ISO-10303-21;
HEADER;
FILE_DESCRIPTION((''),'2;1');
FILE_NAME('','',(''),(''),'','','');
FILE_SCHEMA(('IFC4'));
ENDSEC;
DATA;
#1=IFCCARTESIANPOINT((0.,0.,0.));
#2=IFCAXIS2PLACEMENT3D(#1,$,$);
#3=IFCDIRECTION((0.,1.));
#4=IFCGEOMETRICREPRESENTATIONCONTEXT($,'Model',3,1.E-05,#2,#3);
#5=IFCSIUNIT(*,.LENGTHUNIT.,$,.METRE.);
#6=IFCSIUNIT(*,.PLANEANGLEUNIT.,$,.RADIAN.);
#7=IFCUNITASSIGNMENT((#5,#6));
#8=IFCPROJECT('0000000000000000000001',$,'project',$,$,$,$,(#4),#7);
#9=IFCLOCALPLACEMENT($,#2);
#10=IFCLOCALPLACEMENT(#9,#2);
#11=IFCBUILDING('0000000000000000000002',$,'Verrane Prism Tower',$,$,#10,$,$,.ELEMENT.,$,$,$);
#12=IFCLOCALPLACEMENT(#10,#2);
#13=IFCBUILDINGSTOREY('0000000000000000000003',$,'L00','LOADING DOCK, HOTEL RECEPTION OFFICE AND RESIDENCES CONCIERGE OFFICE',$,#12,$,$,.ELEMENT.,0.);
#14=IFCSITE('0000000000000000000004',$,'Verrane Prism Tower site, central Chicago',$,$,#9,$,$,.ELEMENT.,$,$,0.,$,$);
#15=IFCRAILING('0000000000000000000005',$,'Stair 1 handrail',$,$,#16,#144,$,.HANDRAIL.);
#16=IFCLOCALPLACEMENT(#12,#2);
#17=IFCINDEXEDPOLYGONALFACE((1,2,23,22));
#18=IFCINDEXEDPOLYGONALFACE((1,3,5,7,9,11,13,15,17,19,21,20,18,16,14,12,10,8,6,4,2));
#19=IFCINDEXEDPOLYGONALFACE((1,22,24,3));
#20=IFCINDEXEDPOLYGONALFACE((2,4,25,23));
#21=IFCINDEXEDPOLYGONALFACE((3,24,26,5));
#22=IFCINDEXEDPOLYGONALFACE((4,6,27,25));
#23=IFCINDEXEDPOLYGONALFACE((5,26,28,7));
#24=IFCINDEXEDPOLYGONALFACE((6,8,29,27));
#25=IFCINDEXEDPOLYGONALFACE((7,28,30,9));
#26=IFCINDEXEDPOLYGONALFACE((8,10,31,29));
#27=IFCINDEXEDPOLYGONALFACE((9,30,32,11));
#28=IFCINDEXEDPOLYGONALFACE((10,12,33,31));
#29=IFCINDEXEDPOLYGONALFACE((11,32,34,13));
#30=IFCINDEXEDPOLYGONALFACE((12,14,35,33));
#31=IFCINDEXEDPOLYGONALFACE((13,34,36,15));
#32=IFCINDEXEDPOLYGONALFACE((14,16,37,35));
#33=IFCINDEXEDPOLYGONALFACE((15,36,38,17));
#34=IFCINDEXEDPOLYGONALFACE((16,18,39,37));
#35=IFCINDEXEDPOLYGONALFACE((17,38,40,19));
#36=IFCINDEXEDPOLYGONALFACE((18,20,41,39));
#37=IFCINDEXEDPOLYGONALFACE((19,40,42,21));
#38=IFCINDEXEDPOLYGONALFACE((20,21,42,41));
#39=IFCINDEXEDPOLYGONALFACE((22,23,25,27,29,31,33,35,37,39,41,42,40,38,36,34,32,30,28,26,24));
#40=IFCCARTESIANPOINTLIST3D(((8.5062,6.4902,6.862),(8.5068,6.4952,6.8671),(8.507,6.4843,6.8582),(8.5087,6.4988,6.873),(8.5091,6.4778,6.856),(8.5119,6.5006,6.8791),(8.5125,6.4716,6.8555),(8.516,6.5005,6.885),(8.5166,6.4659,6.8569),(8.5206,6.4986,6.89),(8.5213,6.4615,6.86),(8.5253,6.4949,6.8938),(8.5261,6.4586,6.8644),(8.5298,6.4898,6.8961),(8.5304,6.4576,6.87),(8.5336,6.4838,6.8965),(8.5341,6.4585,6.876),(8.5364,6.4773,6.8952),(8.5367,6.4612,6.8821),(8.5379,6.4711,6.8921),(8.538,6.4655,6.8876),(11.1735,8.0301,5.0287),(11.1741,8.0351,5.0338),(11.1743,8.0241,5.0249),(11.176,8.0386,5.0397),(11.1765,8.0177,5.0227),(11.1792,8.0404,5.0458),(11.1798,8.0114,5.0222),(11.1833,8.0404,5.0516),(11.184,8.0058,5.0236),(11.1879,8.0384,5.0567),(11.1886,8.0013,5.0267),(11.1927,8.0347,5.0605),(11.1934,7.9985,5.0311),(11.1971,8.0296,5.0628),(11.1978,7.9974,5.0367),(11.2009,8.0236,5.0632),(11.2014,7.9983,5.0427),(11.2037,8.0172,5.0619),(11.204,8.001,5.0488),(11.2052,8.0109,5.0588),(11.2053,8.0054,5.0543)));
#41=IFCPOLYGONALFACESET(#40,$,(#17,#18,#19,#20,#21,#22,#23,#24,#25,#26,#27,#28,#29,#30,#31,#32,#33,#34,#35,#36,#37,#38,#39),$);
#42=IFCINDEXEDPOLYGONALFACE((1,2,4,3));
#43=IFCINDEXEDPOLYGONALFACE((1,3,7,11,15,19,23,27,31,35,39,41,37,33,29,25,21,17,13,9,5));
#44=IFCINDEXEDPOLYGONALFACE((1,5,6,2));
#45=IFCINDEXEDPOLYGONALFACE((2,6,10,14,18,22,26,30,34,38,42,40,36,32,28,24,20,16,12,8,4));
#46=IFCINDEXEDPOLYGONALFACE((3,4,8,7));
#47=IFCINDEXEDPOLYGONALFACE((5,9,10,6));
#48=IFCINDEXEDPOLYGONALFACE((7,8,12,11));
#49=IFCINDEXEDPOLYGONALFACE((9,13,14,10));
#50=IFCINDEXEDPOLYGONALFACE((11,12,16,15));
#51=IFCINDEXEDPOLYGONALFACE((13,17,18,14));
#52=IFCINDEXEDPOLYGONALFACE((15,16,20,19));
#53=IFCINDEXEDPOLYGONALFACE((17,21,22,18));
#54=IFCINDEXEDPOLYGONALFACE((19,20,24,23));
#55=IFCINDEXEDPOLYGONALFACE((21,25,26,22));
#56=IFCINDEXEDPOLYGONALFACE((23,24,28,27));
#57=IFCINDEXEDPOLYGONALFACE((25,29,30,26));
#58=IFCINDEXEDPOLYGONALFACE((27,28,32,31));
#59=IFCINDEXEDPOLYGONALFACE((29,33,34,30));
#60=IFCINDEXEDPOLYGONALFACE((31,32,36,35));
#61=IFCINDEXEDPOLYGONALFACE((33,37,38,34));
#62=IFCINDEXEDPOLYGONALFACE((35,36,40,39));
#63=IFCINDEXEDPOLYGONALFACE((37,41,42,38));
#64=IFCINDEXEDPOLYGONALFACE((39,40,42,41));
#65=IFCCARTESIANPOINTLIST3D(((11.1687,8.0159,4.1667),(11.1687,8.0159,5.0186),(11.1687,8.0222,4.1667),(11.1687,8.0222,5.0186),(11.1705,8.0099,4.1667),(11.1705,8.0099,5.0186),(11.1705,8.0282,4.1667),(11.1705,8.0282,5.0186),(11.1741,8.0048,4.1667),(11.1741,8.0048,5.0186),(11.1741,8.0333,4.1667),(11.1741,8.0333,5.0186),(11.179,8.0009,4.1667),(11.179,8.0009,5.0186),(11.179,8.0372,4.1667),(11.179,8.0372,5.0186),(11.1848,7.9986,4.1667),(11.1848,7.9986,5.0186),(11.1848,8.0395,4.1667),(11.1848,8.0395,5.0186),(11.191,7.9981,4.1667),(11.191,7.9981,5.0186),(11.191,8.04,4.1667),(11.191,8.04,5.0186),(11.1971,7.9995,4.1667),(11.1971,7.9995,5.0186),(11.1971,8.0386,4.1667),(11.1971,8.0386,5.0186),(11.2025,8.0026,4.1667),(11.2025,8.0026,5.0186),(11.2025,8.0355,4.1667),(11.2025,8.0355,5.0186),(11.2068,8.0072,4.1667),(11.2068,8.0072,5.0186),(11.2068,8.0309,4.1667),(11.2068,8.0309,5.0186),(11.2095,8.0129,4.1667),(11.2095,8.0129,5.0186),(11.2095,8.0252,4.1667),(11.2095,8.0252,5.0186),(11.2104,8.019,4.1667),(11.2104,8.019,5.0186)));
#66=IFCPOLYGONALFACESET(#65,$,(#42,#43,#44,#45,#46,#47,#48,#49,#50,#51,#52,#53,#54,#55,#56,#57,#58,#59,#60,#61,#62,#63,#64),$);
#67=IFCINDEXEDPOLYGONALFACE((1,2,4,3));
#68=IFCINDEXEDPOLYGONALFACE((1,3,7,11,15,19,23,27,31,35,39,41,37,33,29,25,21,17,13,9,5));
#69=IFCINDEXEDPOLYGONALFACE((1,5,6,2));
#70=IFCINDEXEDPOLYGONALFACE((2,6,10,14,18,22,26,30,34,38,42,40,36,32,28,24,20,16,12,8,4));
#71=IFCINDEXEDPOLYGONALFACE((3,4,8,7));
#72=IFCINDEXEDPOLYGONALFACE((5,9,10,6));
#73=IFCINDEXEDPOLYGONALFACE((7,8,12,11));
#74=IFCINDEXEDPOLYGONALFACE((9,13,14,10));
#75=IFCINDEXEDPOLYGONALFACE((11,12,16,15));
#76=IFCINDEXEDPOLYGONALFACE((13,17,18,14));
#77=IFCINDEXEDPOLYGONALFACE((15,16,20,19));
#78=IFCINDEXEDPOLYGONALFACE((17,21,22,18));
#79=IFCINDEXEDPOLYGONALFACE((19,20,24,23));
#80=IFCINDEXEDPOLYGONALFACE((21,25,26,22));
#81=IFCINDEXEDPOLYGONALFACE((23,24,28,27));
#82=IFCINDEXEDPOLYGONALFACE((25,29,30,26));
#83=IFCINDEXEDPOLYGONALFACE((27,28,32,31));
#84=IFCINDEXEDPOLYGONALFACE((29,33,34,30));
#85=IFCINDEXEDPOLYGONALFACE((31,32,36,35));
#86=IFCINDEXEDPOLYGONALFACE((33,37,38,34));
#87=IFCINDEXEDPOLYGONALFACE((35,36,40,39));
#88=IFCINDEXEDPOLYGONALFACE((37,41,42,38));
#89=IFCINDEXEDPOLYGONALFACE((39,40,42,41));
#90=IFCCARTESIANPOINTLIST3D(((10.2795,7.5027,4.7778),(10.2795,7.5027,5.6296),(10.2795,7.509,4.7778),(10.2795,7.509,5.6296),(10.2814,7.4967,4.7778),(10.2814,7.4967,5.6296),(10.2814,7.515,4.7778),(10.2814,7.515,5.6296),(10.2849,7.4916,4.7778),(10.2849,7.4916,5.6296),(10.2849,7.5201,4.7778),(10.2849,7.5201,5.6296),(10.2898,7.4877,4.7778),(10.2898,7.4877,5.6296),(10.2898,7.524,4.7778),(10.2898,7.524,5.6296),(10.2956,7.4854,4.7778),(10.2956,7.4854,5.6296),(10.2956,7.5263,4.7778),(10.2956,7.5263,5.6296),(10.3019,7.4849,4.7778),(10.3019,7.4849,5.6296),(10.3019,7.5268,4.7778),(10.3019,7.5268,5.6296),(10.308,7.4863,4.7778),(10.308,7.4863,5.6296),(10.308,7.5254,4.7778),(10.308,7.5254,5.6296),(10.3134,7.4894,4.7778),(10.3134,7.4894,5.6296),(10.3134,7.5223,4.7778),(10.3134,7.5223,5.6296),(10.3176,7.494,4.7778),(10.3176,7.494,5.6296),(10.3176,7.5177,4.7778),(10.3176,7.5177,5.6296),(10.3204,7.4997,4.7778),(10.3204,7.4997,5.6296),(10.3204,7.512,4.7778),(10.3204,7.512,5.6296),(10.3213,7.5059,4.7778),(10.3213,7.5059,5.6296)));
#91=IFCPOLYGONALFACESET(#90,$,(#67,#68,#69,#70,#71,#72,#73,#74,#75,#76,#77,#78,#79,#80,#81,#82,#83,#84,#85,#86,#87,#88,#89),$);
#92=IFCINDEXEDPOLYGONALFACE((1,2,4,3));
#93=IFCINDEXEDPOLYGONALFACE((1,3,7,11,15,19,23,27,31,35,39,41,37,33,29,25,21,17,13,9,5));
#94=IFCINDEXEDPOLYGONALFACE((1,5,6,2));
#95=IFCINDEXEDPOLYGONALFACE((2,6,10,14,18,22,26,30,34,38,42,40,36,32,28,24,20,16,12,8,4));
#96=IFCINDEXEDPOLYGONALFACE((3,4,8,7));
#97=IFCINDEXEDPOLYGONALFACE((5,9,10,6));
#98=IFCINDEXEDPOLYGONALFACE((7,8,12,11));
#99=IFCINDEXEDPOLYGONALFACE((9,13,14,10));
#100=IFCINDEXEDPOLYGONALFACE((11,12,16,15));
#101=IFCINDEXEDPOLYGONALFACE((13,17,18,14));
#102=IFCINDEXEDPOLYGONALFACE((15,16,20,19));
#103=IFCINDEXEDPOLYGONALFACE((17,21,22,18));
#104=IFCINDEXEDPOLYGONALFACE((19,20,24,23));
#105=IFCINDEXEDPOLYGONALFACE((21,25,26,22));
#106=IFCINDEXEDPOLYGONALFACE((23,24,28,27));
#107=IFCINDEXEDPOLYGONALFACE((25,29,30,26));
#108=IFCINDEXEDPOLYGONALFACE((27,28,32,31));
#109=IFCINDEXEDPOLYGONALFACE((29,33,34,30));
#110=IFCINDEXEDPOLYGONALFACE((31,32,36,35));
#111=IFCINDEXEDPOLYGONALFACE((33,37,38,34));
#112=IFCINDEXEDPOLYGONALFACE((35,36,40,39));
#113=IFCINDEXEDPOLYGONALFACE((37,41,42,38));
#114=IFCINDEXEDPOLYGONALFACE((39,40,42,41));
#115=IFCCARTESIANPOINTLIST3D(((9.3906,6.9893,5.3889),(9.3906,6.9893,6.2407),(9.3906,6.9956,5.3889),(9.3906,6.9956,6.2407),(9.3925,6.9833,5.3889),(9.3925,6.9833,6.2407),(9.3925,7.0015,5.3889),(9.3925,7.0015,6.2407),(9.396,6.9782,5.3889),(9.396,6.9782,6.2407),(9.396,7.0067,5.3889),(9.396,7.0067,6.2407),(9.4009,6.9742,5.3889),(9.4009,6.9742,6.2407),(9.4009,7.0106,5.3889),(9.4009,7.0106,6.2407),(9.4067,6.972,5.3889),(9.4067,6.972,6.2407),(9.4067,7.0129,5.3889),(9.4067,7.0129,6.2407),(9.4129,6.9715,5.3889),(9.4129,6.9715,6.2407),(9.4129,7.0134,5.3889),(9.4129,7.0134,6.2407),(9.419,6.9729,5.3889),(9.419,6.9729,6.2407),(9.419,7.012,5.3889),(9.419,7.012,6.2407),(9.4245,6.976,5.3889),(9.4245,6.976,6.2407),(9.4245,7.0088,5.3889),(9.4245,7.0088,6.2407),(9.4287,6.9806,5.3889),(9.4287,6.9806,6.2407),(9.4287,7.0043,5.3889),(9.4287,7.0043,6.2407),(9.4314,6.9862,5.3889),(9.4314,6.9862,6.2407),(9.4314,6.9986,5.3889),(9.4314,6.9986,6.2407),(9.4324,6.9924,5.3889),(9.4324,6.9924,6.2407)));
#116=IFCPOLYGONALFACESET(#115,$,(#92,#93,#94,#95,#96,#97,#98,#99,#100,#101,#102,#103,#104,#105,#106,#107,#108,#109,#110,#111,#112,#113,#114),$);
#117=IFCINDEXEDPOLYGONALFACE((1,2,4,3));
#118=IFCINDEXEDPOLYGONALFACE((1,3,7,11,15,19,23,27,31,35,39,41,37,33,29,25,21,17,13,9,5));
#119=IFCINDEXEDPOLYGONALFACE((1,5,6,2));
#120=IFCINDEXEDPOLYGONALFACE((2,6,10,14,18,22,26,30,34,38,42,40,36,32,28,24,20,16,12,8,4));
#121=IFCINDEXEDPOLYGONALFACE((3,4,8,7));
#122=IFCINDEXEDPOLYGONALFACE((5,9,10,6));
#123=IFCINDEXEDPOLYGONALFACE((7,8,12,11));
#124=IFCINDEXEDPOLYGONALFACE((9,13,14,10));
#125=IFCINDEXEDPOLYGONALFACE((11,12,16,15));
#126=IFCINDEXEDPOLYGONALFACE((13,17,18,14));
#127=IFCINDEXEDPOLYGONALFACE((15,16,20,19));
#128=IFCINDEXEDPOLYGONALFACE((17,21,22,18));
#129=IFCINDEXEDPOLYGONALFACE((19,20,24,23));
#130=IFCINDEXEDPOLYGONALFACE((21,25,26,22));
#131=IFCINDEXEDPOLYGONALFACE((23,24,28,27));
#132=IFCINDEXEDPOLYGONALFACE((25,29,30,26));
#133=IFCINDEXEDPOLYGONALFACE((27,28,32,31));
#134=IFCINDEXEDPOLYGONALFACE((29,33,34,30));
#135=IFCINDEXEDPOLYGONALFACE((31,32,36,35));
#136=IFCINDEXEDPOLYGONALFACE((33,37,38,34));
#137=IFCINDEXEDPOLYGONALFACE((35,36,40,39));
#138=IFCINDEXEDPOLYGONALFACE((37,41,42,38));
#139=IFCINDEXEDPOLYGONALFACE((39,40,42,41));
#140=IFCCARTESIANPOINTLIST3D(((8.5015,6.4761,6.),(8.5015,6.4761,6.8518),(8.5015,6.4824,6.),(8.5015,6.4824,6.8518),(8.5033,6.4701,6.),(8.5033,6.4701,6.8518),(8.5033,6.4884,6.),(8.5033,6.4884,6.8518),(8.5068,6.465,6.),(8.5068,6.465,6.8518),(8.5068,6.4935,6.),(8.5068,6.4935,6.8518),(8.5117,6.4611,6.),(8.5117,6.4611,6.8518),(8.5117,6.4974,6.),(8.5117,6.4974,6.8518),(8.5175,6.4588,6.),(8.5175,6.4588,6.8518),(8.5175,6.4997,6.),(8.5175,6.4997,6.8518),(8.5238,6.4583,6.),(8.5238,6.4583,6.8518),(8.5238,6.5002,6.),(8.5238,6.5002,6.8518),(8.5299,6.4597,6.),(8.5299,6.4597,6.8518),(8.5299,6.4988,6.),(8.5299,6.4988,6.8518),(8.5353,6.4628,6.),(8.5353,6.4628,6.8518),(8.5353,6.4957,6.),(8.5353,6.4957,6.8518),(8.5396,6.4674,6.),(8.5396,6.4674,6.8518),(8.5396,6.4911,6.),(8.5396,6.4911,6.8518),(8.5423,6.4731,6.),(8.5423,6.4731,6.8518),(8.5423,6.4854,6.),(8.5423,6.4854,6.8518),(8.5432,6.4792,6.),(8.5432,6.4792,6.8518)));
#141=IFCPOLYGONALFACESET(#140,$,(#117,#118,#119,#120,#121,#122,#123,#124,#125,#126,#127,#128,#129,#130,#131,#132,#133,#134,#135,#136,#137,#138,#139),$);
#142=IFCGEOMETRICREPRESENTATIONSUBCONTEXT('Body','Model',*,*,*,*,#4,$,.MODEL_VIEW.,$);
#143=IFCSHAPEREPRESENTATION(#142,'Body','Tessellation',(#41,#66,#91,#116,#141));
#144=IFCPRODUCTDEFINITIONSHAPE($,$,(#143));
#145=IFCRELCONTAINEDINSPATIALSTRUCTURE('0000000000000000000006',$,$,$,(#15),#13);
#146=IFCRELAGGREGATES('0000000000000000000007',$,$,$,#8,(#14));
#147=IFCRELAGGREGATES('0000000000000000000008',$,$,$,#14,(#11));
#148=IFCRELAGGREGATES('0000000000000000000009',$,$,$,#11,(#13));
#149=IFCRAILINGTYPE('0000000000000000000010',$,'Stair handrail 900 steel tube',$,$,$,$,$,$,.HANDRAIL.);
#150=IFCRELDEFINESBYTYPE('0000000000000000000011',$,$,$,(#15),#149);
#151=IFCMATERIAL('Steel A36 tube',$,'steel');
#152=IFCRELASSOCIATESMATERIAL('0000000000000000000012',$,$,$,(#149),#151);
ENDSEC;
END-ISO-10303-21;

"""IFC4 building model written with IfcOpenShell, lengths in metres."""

from ifc_helpers import new_model, si_unit, direction, frame, origin, origin_2d, place, context, subcontext, project, spatial, circle, extrude, material, type_object, element, save


model = new_model("IFC4")

# Units and contexts
model_context = context("Model", 3, precision=1e-05, world=origin(), true_north=direction((0.0, 1.0)))
body_context = subcontext(model_context, "Body", "Model", "MODEL_VIEW")
ifc_project = project(units=[si_unit("LENGTHUNIT", "METRE"), si_unit("PLANEANGLEUNIT", "RADIAN")], contexts=[model_context])

# Site, building, storey
site_placement = place(None, origin())
site = spatial("IfcSite", under=ifc_project, at=site_placement, Name="Verrane Prism Tower site, central Chicago", CompositionType="ELEMENT", RefElevation=0.0)
building_placement = place(site_placement, origin())
building = spatial("IfcBuilding", under=site, at=building_placement, Name="Verrane Prism Tower", CompositionType="ELEMENT")
storey_placement = place(building_placement, origin())
storey = spatial("IfcBuildingStorey", under=building, at=storey_placement, Name="L00", Description="LOADING DOCK, HOTEL RECEPTION OFFICE AND RESIDENCES CONCIERGE OFFICE", CompositionType="ELEMENT", Elevation=0.0)

# Railing
ifc_material_1 = material(Name="Steel A36 tube", Category="steel")
railing_type = type_object("IfcRailingType", Name="Stair handrail 900 steel tube", PredefinedType="HANDRAIL", material=ifc_material_1)
railing_1_placement = place(storey_placement, frame((11.1895, 8.019, 4.1667)))
element("IfcRailing", 1, at=railing_1_placement, inside=storey, type_object=railing_type, Name="Stair 1 handrail", PredefinedType="HANDRAIL", context=body_context, shape_type="SweptSolid", body=[
    extrude(circle(Radius=0.0239, at=origin_2d()), frame((0.0, 0.0, 0.876), z_axis=(-0.744181, -0.429616, 0.511493), x_axis=(0.499967, -0.866044, 0.0)), (0.0, 0.0, 1.0), 3.5842),
    extrude(circle(Radius=0.021, at=origin_2d()), origin(), (0.0, 0.0, 1.0), 0.8518),
    extrude(circle(Radius=0.021, at=origin_2d()), frame((-0.8892, -0.5132, 0.6111)), (0.0, 0.0, 1.0), 0.8518),
    extrude(circle(Radius=0.021, at=origin_2d()), frame((-1.7781, -1.0266, 1.2222)), (0.0, 0.0, 1.0), 0.8518),
    extrude(circle(Radius=0.021, at=origin_2d()), frame((-2.6672, -1.5398, 1.8333)), (0.0, 0.0, 1.0), 0.8518),
])

save(model, "model.ifc")
